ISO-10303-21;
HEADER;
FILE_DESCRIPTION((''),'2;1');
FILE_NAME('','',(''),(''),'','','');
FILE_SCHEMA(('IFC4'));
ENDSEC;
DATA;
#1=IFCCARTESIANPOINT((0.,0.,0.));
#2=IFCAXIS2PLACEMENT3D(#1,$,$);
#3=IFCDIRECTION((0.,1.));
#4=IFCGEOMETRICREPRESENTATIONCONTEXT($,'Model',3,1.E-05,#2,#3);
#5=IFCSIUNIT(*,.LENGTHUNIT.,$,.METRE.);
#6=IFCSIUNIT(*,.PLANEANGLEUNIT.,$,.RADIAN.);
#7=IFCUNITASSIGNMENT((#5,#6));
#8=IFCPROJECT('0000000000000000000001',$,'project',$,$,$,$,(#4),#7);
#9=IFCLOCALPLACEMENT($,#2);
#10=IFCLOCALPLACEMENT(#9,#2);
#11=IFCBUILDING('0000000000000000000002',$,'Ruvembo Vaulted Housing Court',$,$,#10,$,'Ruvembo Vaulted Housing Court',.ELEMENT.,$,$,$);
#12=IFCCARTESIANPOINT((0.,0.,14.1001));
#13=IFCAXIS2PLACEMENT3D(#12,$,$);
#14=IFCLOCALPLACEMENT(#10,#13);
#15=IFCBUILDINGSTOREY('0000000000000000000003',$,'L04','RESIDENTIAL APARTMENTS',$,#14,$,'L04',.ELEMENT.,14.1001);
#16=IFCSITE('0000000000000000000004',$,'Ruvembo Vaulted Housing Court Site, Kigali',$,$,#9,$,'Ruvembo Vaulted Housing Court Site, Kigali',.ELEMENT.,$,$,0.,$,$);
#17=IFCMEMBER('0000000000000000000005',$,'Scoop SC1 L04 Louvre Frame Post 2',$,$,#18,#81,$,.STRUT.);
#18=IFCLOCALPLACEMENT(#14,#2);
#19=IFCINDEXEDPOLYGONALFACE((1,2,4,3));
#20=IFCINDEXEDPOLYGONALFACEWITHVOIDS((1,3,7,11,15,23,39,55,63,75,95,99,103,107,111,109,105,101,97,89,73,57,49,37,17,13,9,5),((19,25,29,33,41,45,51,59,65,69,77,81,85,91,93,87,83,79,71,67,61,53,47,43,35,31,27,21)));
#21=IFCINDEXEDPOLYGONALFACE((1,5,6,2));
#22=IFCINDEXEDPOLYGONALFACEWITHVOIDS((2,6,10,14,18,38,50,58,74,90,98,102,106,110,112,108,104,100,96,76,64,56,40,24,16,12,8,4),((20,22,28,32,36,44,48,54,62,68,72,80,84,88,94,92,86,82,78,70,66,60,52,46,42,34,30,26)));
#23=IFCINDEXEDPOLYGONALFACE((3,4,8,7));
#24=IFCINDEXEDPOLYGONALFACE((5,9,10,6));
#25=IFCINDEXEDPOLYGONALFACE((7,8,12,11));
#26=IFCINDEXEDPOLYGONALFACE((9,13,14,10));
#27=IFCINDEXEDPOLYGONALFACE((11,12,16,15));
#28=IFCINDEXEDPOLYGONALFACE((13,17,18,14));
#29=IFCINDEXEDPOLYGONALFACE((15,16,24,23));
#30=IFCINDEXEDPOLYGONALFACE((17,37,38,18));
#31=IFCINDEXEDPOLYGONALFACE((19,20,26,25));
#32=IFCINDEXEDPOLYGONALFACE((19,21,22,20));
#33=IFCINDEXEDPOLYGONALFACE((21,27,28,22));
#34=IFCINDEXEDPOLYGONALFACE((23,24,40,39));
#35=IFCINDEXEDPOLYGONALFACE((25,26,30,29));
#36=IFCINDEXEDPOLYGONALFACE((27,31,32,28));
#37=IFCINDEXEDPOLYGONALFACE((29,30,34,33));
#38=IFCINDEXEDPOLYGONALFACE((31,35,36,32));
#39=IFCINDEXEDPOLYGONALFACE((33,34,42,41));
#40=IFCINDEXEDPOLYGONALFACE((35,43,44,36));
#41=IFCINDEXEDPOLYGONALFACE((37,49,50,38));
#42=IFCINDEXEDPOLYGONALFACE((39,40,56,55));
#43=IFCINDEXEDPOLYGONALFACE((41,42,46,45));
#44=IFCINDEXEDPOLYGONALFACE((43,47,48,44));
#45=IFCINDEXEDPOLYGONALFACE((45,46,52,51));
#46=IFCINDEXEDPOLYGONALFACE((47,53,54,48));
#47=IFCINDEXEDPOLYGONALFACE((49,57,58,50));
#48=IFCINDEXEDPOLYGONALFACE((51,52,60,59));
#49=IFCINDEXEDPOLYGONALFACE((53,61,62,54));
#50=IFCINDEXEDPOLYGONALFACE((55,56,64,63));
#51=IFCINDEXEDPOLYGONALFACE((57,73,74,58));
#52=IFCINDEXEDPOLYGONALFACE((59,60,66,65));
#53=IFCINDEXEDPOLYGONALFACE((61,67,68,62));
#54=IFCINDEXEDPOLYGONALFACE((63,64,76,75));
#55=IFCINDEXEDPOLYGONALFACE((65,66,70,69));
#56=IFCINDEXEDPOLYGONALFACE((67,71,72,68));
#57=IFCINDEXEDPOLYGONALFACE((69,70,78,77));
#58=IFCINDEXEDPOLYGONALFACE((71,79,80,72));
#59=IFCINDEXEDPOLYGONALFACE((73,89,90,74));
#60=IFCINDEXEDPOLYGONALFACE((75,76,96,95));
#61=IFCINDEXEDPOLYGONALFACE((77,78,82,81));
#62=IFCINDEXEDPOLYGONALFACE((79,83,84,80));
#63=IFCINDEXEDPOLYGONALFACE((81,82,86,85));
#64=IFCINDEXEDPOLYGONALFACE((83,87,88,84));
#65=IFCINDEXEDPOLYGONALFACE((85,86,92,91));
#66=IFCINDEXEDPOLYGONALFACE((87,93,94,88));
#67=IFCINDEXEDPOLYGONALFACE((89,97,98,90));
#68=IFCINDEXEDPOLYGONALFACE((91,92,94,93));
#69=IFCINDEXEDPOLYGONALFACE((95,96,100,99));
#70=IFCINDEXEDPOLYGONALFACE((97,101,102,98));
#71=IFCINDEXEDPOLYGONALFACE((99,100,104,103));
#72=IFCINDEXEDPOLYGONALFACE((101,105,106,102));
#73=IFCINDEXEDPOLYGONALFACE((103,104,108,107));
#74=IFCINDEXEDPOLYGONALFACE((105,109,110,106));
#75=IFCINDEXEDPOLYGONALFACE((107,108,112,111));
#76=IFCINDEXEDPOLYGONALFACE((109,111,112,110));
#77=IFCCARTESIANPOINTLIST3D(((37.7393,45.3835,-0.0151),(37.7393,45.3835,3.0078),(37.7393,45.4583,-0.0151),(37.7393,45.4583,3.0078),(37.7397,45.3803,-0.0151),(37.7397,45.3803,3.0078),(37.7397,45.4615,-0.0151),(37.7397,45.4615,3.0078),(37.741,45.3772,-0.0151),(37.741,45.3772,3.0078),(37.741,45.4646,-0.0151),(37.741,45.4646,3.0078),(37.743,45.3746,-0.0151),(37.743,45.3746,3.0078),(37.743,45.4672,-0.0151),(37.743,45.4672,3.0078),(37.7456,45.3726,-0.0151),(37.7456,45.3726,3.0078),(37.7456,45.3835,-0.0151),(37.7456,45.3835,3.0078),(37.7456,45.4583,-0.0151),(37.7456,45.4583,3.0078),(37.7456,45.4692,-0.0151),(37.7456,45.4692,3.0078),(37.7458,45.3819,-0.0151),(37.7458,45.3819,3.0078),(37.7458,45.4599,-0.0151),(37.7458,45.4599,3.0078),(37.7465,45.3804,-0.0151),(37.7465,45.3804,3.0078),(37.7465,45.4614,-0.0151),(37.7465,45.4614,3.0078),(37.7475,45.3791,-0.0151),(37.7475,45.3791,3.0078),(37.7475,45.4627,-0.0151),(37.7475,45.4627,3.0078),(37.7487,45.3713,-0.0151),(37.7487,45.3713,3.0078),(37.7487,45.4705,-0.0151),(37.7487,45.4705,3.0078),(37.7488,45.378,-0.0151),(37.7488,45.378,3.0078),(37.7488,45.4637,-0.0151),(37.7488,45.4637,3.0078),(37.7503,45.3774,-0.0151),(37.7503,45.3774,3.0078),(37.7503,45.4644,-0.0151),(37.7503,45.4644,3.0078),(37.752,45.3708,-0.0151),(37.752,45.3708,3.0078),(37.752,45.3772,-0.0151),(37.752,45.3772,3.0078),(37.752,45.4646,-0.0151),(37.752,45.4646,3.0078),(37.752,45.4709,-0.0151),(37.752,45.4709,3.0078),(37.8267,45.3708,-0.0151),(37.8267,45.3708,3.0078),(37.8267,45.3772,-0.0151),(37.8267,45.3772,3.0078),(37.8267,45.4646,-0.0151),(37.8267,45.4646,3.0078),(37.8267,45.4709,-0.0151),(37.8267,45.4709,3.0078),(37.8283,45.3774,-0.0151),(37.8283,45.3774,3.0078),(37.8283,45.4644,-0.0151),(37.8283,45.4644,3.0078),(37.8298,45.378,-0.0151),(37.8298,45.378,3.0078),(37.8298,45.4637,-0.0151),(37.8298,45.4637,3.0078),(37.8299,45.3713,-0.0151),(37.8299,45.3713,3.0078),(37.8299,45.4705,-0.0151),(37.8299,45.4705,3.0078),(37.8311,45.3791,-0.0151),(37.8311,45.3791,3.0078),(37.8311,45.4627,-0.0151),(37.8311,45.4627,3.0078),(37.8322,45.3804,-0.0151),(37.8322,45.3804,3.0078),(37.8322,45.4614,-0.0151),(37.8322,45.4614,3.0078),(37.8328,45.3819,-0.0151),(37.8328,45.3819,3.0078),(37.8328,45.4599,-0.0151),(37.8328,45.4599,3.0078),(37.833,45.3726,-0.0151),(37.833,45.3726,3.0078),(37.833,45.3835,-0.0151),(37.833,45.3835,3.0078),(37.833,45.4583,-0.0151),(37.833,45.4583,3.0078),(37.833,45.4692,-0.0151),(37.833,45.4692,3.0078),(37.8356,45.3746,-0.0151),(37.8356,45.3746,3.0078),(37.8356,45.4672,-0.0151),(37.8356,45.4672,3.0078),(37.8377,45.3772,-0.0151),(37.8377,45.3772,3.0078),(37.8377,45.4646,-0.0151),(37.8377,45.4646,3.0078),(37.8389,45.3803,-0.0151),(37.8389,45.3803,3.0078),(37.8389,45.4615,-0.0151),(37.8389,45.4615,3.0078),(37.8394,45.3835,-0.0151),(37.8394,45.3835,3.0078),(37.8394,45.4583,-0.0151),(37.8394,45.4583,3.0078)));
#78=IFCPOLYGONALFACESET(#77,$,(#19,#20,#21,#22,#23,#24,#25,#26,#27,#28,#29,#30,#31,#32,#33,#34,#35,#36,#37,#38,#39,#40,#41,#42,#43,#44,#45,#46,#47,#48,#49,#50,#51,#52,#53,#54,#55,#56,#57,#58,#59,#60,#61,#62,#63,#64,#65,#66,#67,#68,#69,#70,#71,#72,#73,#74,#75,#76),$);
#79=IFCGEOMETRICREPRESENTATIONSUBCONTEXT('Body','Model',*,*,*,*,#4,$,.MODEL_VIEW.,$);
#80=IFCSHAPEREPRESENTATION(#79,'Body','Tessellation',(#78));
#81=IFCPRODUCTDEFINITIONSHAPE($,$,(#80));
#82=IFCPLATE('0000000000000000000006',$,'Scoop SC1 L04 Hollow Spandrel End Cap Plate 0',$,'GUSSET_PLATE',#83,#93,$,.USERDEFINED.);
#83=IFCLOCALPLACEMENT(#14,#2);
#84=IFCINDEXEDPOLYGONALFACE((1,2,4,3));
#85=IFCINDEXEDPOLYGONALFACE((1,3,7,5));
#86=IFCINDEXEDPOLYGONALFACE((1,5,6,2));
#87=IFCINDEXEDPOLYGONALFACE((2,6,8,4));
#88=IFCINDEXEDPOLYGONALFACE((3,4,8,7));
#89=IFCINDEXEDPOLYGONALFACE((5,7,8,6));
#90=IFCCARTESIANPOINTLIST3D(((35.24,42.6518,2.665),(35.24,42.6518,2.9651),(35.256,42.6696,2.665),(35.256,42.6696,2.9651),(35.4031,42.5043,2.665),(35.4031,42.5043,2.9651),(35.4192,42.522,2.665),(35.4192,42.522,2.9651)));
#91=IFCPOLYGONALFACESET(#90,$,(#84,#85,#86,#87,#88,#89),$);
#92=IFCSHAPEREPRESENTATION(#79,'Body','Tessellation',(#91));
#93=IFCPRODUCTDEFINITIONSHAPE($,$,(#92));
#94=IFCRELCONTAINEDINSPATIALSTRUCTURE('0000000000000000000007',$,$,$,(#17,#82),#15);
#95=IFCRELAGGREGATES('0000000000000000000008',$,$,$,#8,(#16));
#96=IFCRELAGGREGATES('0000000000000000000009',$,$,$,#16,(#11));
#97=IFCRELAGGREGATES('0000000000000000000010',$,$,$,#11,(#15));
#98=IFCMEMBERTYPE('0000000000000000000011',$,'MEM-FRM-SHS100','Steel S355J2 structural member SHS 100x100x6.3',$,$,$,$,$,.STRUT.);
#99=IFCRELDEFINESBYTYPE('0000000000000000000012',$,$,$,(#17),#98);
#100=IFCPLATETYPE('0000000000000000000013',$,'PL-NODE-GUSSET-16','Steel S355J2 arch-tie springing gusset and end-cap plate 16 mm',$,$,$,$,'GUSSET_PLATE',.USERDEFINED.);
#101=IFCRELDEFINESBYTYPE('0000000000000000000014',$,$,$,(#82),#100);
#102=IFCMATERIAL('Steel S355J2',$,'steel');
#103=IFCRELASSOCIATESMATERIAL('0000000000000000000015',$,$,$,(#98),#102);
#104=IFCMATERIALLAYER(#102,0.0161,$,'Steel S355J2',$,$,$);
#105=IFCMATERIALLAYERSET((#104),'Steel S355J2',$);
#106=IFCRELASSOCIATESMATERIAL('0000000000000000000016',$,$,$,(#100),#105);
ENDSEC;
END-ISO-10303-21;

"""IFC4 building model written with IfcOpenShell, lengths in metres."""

from ifc_helpers import new_model, si_unit, direction, frame, origin, origin_2d, place, context, subcontext, project, spatial, rectangle, hollow_rectangle, extrude, material, layer, layer_set, material_profile, profile_set, type_object, element, save


model = new_model("IFC4")

# Units and contexts
model_context = context("Model", 3, precision=1e-05, world=origin(), true_north=direction((0.0, 1.0)))
body_context = subcontext(model_context, "Body", "Model", "MODEL_VIEW")
ifc_project = project(units=[si_unit("LENGTHUNIT", "METRE"), si_unit("PLANEANGLEUNIT", "RADIAN")], contexts=[model_context])

# Site, building, storey
site_placement = place(None, origin())
site = spatial("IfcSite", under=ifc_project, at=site_placement, Name="Ruvembo Vaulted Housing Court Site, Kigali", LongName="Ruvembo Vaulted Housing Court Site, Kigali", CompositionType="ELEMENT", RefElevation=0.0)
building_placement = place(site_placement, origin())
building = spatial("IfcBuilding", under=site, at=building_placement, Name="Ruvembo Vaulted Housing Court", LongName="Ruvembo Vaulted Housing Court", CompositionType="ELEMENT")
storey_placement = place(building_placement, frame((0.0, 0.0, 14.1001)))
storey = spatial("IfcBuildingStorey", under=building, at=storey_placement, Name="L04", Description="RESIDENTIAL APARTMENTS", LongName="L04", CompositionType="ELEMENT", Elevation=14.1001)

# Shared definitions
ifc_material_1 = material(Name="Steel S355J2", Category="steel")

# Member
ifc_material_profile_1 = material_profile(ifc_material_1, hollow_rectangle(XDim=0.1001, YDim=0.1001, WallThickness=0.0063, InnerFilletRadius=0.0063, OuterFilletRadius=0.0127, at=origin_2d()), Name="SHS 100x100x6.3")
ifc_profile_set_1 = profile_set([ifc_material_profile_1], Name="Steel S355J2")
member_type_1 = type_object("IfcMemberType", Name="MEM-FRM-SHS100", Description="Steel S355J2 structural member SHS 100x100x6.3", PredefinedType="STRUT", material=ifc_profile_set_1)
for number, where, z_axis, x_axis, name in (
    (1, (37.7893, 45.4209, -0.0151), (0.0, 0.0, 1.0), (1.0, 0.0, 0.0), "Scoop SC1 L04 Louvre Frame Post 2"),
):
    element("IfcMember", number, at=place(storey_placement, frame(where, z_axis=z_axis, x_axis=x_axis)), inside=storey, type_object=member_type_1, Name=name, PredefinedType="STRUT", context=body_context, shape_type="SweptSolid", body=[
        extrude(hollow_rectangle(XDim=0.1001, YDim=0.1001, WallThickness=0.0063, InnerFilletRadius=0.0063, OuterFilletRadius=0.0127, at=origin_2d()), origin(), (0.0, 0.0, 1.0), 3.0229),
    ])

# Plate
ifc_layer_1 = layer(ifc_material_1, 0.0161, Name="Steel S355J2")
ifc_layer_set_1 = layer_set([ifc_layer_1], Name="Steel S355J2")
plate_type = type_object("IfcPlateType", Name="PL-NODE-GUSSET-16", Description="Steel S355J2 arch-tie springing gusset and end-cap plate 16 mm", ElementType="GUSSET_PLATE", PredefinedType="USERDEFINED", material=ifc_layer_set_1)
plate_placement = place(storey_placement, frame((35.3296, 42.5869, 2.665), z_axis=(0.0, 0.0, 1.0), x_axis=(0.670841, 0.741601, 0.0)))
element("IfcPlate", 2, at=plate_placement, inside=storey, type_object=plate_type, Name="Scoop SC1 L04 Hollow Spandrel End Cap Plate 0", ObjectType="GUSSET_PLATE", PredefinedType="USERDEFINED", context=body_context, shape_type="SweptSolid", body=[
    extrude(rectangle(XDim=0.0239, YDim=0.22, at=origin_2d()), origin(), (0.0, 0.0, 1.0), 0.3),
])

save(model, "model.ifc")
